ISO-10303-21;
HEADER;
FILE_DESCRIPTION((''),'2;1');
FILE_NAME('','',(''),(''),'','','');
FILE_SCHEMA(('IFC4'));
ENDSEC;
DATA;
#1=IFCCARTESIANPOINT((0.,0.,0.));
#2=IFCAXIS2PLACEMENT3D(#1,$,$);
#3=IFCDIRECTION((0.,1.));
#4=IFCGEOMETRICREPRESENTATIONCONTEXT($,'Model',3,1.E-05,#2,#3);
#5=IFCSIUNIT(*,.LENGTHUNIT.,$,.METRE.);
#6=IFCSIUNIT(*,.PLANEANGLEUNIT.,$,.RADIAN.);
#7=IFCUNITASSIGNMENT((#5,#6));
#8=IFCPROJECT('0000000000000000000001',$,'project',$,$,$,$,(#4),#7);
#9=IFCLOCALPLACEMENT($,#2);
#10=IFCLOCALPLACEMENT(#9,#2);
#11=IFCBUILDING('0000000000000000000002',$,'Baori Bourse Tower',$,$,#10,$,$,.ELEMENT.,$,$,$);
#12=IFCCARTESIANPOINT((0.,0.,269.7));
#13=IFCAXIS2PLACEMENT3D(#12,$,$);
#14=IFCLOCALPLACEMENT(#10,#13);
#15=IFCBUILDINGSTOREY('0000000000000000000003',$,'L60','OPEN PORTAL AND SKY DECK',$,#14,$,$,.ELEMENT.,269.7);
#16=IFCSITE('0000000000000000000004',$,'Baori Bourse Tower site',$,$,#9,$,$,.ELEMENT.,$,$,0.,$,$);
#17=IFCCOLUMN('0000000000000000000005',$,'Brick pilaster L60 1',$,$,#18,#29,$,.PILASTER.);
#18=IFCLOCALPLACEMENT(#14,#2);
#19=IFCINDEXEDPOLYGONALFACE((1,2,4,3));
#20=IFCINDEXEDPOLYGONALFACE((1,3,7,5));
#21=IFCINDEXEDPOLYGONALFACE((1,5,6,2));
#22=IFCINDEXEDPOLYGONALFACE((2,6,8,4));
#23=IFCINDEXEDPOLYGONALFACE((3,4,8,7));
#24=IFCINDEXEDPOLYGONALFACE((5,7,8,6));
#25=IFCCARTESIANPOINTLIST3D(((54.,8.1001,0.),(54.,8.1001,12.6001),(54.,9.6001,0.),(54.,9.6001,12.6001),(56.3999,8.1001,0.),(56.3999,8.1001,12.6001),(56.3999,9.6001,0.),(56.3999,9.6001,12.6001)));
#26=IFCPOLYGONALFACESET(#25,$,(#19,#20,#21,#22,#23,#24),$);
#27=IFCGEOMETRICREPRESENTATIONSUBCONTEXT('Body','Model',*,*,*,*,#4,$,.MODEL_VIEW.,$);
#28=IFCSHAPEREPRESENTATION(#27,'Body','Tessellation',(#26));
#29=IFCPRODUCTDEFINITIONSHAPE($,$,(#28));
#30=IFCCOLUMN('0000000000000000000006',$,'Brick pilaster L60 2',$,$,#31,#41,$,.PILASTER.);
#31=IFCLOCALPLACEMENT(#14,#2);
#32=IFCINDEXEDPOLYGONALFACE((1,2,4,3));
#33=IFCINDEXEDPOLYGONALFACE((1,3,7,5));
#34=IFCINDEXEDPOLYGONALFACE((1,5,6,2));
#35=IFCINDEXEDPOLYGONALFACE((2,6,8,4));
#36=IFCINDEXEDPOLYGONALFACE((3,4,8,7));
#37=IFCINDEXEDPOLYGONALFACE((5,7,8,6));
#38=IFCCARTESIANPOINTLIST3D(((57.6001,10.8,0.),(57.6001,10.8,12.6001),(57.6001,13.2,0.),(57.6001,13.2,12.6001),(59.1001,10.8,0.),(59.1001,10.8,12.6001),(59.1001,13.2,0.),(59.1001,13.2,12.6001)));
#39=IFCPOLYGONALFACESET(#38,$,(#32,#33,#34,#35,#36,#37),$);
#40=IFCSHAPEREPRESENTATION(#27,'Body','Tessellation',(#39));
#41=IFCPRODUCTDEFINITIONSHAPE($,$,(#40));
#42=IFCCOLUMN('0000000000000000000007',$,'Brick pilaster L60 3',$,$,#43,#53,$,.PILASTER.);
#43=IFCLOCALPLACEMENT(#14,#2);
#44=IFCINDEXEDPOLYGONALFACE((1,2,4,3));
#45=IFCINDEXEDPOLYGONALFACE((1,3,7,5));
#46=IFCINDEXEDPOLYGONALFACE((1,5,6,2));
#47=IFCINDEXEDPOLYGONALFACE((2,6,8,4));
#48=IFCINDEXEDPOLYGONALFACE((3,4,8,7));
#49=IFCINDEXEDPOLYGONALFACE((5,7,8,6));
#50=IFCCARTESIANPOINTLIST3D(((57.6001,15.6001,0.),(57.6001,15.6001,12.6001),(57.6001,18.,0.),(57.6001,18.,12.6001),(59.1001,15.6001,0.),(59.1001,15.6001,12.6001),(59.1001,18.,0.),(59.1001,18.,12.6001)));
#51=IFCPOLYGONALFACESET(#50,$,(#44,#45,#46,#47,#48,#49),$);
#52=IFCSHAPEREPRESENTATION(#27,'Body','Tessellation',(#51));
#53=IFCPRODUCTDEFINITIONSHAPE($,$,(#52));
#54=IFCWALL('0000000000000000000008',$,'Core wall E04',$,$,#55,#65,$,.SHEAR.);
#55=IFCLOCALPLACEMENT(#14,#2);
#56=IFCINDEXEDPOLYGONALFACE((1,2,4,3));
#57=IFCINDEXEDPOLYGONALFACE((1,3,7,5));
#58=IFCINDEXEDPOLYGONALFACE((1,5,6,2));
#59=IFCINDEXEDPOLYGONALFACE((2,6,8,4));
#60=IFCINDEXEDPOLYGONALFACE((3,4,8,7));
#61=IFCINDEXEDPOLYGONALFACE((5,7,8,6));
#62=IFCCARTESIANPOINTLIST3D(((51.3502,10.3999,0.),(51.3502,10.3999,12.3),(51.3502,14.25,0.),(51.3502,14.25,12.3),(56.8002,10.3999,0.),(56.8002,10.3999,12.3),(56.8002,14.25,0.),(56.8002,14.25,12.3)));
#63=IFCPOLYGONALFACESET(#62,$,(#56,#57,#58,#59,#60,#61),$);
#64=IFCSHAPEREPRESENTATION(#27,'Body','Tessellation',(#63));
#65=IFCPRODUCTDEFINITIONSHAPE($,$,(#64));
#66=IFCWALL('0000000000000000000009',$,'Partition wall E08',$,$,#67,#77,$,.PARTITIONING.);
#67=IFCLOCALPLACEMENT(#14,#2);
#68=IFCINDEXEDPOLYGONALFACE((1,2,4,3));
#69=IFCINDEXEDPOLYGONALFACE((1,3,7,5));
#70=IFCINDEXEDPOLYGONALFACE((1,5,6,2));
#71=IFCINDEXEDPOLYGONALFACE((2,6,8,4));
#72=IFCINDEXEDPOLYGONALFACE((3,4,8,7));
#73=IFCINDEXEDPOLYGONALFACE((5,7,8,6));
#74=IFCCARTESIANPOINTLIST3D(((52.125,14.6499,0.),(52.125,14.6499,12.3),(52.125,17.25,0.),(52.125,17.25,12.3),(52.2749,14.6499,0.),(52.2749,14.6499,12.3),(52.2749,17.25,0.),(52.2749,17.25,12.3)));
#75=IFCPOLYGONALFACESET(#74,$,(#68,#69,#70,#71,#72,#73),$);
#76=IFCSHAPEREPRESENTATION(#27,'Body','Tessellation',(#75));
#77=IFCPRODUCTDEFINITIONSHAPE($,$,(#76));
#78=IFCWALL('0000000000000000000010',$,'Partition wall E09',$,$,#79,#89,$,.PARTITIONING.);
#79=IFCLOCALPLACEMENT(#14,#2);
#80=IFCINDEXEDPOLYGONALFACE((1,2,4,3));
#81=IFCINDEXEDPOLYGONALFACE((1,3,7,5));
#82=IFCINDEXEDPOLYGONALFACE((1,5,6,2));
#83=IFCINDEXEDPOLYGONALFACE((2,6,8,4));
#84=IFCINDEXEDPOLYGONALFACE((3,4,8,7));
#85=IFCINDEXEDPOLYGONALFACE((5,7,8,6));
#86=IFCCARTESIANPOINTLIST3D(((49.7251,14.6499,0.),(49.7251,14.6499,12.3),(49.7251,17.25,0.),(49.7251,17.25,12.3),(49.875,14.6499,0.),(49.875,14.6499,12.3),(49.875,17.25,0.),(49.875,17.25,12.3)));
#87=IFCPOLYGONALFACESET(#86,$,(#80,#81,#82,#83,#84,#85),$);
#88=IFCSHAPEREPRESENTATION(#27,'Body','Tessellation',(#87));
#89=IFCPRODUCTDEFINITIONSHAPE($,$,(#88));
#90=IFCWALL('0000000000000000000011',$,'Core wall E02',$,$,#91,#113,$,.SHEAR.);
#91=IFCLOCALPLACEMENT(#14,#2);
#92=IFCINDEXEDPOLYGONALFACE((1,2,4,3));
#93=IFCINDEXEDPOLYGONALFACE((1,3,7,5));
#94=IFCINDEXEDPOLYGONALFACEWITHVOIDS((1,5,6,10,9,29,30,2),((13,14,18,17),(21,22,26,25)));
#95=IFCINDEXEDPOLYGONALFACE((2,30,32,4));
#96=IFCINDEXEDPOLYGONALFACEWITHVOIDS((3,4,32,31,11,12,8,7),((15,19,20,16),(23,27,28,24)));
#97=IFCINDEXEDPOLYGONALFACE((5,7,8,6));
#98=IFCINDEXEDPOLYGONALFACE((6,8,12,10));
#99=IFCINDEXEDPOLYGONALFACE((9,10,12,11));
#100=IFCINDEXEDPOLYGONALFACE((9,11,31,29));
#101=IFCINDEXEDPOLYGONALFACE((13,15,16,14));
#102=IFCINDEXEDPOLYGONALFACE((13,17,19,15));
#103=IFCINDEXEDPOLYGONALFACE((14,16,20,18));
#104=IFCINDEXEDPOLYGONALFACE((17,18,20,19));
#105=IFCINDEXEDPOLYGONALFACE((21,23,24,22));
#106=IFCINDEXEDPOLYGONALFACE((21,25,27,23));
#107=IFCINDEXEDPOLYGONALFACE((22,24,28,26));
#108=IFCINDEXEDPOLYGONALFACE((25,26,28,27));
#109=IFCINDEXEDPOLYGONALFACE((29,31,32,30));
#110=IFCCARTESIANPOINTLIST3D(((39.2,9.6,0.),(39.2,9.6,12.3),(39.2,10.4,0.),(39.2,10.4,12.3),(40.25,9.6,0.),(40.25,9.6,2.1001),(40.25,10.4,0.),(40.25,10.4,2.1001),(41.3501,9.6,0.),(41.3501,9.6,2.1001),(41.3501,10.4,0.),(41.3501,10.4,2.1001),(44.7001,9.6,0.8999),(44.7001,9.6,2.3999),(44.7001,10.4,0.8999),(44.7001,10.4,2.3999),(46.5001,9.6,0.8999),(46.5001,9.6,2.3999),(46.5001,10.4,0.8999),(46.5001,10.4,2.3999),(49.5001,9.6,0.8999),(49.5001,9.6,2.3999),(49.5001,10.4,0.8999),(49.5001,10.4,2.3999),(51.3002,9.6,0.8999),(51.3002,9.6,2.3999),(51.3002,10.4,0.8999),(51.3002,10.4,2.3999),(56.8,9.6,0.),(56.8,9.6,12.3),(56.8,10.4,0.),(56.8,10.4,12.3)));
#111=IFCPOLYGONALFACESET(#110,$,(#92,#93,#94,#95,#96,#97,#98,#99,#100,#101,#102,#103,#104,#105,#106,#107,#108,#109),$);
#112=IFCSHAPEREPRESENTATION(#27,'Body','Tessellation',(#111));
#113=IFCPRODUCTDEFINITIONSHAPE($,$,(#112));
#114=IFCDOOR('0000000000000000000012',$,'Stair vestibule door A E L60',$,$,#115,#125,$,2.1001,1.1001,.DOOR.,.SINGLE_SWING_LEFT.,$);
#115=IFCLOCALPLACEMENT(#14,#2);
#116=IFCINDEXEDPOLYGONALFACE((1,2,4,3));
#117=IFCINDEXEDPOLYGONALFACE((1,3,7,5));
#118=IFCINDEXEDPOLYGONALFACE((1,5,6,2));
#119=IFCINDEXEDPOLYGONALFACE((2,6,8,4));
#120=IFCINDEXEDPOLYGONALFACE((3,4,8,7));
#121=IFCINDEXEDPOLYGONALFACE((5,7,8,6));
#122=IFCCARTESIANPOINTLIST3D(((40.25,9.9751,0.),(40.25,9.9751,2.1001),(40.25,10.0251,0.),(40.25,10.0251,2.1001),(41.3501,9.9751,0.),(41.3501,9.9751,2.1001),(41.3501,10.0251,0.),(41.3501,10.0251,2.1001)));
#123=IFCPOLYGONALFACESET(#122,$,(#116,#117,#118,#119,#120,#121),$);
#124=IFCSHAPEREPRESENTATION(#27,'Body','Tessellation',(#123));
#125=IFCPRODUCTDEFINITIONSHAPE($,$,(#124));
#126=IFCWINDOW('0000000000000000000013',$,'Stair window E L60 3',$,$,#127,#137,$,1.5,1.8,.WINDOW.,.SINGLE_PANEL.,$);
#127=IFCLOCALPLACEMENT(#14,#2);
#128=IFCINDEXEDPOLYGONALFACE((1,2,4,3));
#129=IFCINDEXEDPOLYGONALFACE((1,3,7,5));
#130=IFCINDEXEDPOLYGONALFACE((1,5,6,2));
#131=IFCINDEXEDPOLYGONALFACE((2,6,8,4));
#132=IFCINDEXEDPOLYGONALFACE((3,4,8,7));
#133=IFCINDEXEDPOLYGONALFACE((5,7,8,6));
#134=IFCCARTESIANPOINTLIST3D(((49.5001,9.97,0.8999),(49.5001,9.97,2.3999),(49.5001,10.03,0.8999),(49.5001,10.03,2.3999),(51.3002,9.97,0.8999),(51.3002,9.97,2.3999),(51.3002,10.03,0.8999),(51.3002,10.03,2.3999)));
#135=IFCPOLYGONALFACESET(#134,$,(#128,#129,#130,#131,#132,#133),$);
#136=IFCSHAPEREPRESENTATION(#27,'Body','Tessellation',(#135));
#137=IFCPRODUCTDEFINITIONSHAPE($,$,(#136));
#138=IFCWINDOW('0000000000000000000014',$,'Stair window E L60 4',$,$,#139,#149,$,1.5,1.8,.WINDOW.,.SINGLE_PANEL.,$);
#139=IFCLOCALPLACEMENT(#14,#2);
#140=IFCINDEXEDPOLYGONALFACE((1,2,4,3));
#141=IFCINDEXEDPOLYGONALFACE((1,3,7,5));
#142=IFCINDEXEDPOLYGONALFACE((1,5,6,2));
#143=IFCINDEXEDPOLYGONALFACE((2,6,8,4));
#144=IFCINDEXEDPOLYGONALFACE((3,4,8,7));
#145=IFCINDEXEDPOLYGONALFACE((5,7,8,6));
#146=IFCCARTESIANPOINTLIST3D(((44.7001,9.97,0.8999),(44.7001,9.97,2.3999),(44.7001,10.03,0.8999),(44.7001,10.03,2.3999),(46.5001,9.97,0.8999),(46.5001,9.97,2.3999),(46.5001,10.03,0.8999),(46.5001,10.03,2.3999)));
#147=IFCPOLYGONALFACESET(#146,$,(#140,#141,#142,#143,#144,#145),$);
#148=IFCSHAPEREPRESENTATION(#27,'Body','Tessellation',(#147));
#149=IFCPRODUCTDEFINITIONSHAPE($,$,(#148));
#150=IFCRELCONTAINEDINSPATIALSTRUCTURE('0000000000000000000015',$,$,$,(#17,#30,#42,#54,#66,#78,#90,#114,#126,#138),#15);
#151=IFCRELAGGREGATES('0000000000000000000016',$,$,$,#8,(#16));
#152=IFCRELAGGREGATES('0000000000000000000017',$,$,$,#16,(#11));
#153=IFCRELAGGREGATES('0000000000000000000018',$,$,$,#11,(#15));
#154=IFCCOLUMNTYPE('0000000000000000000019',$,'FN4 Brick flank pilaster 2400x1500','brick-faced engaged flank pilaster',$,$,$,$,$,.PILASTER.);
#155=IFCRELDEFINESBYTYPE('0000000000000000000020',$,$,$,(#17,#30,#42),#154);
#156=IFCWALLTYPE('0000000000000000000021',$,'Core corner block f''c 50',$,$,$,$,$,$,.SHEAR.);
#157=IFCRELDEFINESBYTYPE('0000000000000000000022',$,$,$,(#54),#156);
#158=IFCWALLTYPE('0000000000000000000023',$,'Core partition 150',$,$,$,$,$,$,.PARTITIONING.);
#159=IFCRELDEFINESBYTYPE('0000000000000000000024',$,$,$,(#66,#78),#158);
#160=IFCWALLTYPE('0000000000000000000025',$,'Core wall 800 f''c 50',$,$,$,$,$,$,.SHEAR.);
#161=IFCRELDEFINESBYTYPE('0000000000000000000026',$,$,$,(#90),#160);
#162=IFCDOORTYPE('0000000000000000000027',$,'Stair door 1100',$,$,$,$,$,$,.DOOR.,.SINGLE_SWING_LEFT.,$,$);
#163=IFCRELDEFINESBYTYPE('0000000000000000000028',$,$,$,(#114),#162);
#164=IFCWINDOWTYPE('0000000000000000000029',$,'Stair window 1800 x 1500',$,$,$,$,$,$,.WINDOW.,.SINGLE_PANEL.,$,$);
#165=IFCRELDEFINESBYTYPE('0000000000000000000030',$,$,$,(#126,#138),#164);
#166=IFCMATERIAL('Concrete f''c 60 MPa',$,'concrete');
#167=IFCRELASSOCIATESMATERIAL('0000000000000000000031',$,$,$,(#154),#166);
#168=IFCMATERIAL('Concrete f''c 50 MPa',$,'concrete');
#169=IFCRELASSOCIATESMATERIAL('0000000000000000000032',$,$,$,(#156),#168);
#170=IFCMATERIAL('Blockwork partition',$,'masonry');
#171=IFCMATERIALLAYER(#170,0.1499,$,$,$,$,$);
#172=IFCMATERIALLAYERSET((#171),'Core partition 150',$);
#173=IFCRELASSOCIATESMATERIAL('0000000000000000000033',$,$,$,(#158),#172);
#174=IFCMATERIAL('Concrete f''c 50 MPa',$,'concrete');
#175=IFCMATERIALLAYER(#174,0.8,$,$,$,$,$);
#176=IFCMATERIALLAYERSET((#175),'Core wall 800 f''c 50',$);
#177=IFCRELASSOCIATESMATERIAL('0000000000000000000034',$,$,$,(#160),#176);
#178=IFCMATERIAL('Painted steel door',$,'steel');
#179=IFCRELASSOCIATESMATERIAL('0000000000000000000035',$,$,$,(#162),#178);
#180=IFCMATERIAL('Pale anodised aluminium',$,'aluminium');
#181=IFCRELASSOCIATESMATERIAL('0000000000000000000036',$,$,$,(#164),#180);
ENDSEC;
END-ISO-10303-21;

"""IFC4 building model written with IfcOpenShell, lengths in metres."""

from ifc_helpers import new_model, si_unit, direction, frame, frame_2d, origin, origin_2d, place, context, subcontext, project, spatial, rectangle, extrude, material, layer, layer_set, material_profile, profile_set, type_object, element, fill, save


model = new_model("IFC4")

# Units and contexts
model_context = context("Model", 3, precision=1e-05, world=origin(), true_north=direction((0.0, 1.0)))
body_context = subcontext(model_context, "Body", "Model", "MODEL_VIEW")
ifc_project = project(units=[si_unit("LENGTHUNIT", "METRE"), si_unit("PLANEANGLEUNIT", "RADIAN")], contexts=[model_context])

# Site, building, storey
site_placement = place(None, origin())
site = spatial("IfcSite", under=ifc_project, at=site_placement, Name="Baori Bourse Tower site", CompositionType="ELEMENT", RefElevation=0.0)
building_placement = place(site_placement, origin())
building = spatial("IfcBuilding", under=site, at=building_placement, Name="Baori Bourse Tower", CompositionType="ELEMENT")
storey_placement = place(building_placement, frame((0.0, 0.0, 269.7)))
storey = spatial("IfcBuildingStorey", under=building, at=storey_placement, Name="L60", Description="OPEN PORTAL AND SKY DECK", CompositionType="ELEMENT", Elevation=269.7)

# Columns
ifc_material_1 = material(Name="Concrete f'c 60 MPa", Category="concrete")
ifc_material_profile = material_profile(ifc_material_1, rectangle(XDim=2.3999, YDim=1.5, at=origin_2d()), Name="RC 2400x1500")
ifc_profile_set = profile_set([ifc_material_profile], Name="Concrete f'c 60 MPa")
column_type = type_object("IfcColumnType", Name="FN4 Brick flank pilaster 2400x1500", Description="brick-faced engaged flank pilaster", PredefinedType="PILASTER", material=ifc_profile_set)
for number, where, z_axis, x_axis, name in (
    (1, (55.2, 8.8501, 0.0), (0.0, 0.0, 1.0), (1.0, 0.0, 0.0), "Brick pilaster L60 1"),
    (2, (58.3501, 12.0, 0.0), (0.0, 0.0, 1.0), (0.0, 1.0, 0.0), "Brick pilaster L60 2"),
    (3, (58.3501, 16.8, 0.0), (0.0, 0.0, 1.0), (0.0, 1.0, 0.0), "Brick pilaster L60 3"),
):
    element("IfcColumn", number, at=place(storey_placement, frame(where, z_axis=z_axis, x_axis=x_axis)), inside=storey, type_object=column_type, Name=name, PredefinedType="PILASTER", context=body_context, shape_type="SweptSolid", body=[
        extrude(rectangle(XDim=2.3999, YDim=1.5, at=origin_2d()), origin(), (0.0, 0.0, 1.0), 12.6001),
    ])

# Walls
ifc_material_2 = material(Name="Concrete f'c 50 MPa", Category="concrete")
wall_type_1 = type_object("IfcWallType", Name="Core corner block f'c 50", PredefinedType="SHEAR", material=ifc_material_2)
wall_1_placement = place(storey_placement, frame((51.3501, 12.325, 0.0), z_axis=(0.0, 0.0, 1.0), x_axis=(1.0, 0.0, 0.0)))
element("IfcWall", 4, at=wall_1_placement, inside=storey, type_object=wall_type_1, Name="Core wall E04", PredefinedType="SHEAR", context=body_context, shape_type="SweptSolid", body=[
    extrude(rectangle(XDim=5.45, YDim=3.8501, at=frame_2d((2.7251, 0.0))), origin(), (0.0, 0.0, 1.0), 12.3),
])
ifc_material_3 = material(Name="Blockwork partition", Category="masonry")
ifc_layer_1 = layer(ifc_material_3, 0.1499)
ifc_layer_set_1 = layer_set([ifc_layer_1], Name="Core partition 150")
wall_type_2 = type_object("IfcWallType", Name="Core partition 150", PredefinedType="PARTITIONING", material=ifc_layer_set_1)
for number, where, z_axis, x_axis, name in (
    (5, (52.2, 14.6499, 0.0), (0.0, 0.0, 1.0), (0.0, 1.0, 0.0), "Partition wall E08"),
    (6, (49.8, 14.6499, 0.0), (0.0, 0.0, 1.0), (0.0, 1.0, 0.0), "Partition wall E09"),
):
    element("IfcWall", number, at=place(storey_placement, frame(where, z_axis=z_axis, x_axis=x_axis)), inside=storey, type_object=wall_type_2, Name=name, PredefinedType="PARTITIONING", context=body_context, shape_type="SweptSolid", body=[
        extrude(rectangle(XDim=2.6001, YDim=0.1499, at=frame_2d((1.3, 0.0))), origin(), (0.0, 0.0, 1.0), 12.3),
    ])

# Wall, openings, door, windows
ifc_material_4 = material(Name="Concrete f'c 50 MPa", Category="concrete")
ifc_layer_2 = layer(ifc_material_4, 0.8)
ifc_layer_set_2 = layer_set([ifc_layer_2], Name="Core wall 800 f'c 50")
wall_type_3 = type_object("IfcWallType", Name="Core wall 800 f'c 50", PredefinedType="SHEAR", material=ifc_layer_set_2)
wall_2_placement = place(storey_placement, frame((56.8, 10.0, 0.0), z_axis=(0.0, 0.0, 1.0), x_axis=(-1.0, 0.0, 0.0)))
wall_2 = element("IfcWall", 7, at=wall_2_placement, inside=storey, type_object=wall_type_3, Name="Core wall E02", PredefinedType="SHEAR", context=body_context, shape_type="SweptSolid", body=[
    extrude(rectangle(XDim=17.6001, YDim=0.8, at=frame_2d((8.8, 0.0))), origin(), (0.0, 0.0, 1.0), 12.3),
])
opening_1_placement = place(wall_2_placement, frame((15.45, 0.0, 0.0)))
opening_1 = element("IfcOpeningElement", 8, at=opening_1_placement, cuts=wall_2, PredefinedType="OPENING", context=body_context, shape_type="SweptSolid", body=[
    extrude(rectangle(XDim=1.1001, YDim=2.1001, at=frame_2d((0.55, 1.05))), frame((0.0, 0.4099, 0.0), z_axis=(0.0, -1.0, 0.0), x_axis=(1.0, 0.0, 0.0)), (0.0, 0.0, 1.0), 0.8201),
])
opening_2_placement = place(wall_2_placement, frame((5.5, 0.0, 0.8999)))
opening_2 = element("IfcOpeningElement", 9, at=opening_2_placement, cuts=wall_2, PredefinedType="OPENING", context=body_context, shape_type="SweptSolid", body=[
    extrude(rectangle(XDim=1.8, YDim=1.5, at=frame_2d((0.8999, 0.75))), frame((0.0, 0.4099, 0.0), z_axis=(0.0, -1.0, 0.0), x_axis=(1.0, 0.0, 0.0)), (0.0, 0.0, 1.0), 0.8201),
])
opening_3_placement = place(wall_2_placement, frame((10.3, 0.0, 0.8999)))
opening_3 = element("IfcOpeningElement", 10, at=opening_3_placement, cuts=wall_2, PredefinedType="OPENING", context=body_context, shape_type="SweptSolid", body=[
    extrude(rectangle(XDim=1.8, YDim=1.5, at=frame_2d((0.8999, 0.75))), frame((0.0, 0.4099, 0.0), z_axis=(0.0, -1.0, 0.0), x_axis=(1.0, 0.0, 0.0)), (0.0, 0.0, 1.0), 0.8201),
])
ifc_material_5 = material(Name="Painted steel door", Category="steel")
door_type_1 = type_object("IfcDoorType", Name="Stair door 1100", OperationType="SINGLE_SWING_LEFT", PredefinedType="DOOR", material=ifc_material_5)
door_1_placement = place(opening_1_placement, origin())
door_1 = element("IfcDoor", 11, at=door_1_placement, inside=storey, type_object=door_type_1, Name="Stair vestibule door A E L60", OperationType="SINGLE_SWING_LEFT", OverallHeight=2.1001, OverallWidth=1.1001, PredefinedType="DOOR", context=body_context, shape_type="SweptSolid", body=[
    extrude(rectangle(XDim=1.1001, YDim=2.1001, at=frame_2d((0.55, 1.05))), frame((0.0, 0.0249, 0.0), z_axis=(0.0, -1.0, 0.0), x_axis=(1.0, 0.0, 0.0)), (0.0, 0.0, 1.0), 0.05),
])
fill(opening_1, door_1)
ifc_material_6 = material(Name="Pale anodised aluminium", Category="aluminium")
window_type = type_object("IfcWindowType", Name="Stair window 1800 x 1500", PartitioningType="SINGLE_PANEL", PredefinedType="WINDOW", material=ifc_material_6)
window_1_placement = place(opening_2_placement, origin())
window_1 = element("IfcWindow", 12, at=window_1_placement, inside=storey, type_object=window_type, Name="Stair window E L60 3", OverallHeight=1.5, OverallWidth=1.8, PartitioningType="SINGLE_PANEL", PredefinedType="WINDOW", context=body_context, shape_type="SweptSolid", body=[
    extrude(rectangle(XDim=1.8, YDim=1.5, at=frame_2d((0.8999, 0.75))), frame((0.0, 0.03, 0.0), z_axis=(0.0, -1.0, 0.0), x_axis=(1.0, 0.0, 0.0)), (0.0, 0.0, 1.0), 0.0601),
])
fill(opening_2, window_1)
window_2_placement = place(opening_3_placement, origin())
window_2 = element("IfcWindow", 13, at=window_2_placement, inside=storey, type_object=window_type, Name="Stair window E L60 4", OverallHeight=1.5, OverallWidth=1.8, PartitioningType="SINGLE_PANEL", PredefinedType="WINDOW", context=body_context, shape_type="SweptSolid", body=[
    extrude(rectangle(XDim=1.8, YDim=1.5, at=frame_2d((0.8999, 0.75))), frame((0.0, 0.03, 0.0), z_axis=(0.0, -1.0, 0.0), x_axis=(1.0, 0.0, 0.0)), (0.0, 0.0, 1.0), 0.0601),
])
fill(opening_3, window_2)

save(model, "model.ifc")
